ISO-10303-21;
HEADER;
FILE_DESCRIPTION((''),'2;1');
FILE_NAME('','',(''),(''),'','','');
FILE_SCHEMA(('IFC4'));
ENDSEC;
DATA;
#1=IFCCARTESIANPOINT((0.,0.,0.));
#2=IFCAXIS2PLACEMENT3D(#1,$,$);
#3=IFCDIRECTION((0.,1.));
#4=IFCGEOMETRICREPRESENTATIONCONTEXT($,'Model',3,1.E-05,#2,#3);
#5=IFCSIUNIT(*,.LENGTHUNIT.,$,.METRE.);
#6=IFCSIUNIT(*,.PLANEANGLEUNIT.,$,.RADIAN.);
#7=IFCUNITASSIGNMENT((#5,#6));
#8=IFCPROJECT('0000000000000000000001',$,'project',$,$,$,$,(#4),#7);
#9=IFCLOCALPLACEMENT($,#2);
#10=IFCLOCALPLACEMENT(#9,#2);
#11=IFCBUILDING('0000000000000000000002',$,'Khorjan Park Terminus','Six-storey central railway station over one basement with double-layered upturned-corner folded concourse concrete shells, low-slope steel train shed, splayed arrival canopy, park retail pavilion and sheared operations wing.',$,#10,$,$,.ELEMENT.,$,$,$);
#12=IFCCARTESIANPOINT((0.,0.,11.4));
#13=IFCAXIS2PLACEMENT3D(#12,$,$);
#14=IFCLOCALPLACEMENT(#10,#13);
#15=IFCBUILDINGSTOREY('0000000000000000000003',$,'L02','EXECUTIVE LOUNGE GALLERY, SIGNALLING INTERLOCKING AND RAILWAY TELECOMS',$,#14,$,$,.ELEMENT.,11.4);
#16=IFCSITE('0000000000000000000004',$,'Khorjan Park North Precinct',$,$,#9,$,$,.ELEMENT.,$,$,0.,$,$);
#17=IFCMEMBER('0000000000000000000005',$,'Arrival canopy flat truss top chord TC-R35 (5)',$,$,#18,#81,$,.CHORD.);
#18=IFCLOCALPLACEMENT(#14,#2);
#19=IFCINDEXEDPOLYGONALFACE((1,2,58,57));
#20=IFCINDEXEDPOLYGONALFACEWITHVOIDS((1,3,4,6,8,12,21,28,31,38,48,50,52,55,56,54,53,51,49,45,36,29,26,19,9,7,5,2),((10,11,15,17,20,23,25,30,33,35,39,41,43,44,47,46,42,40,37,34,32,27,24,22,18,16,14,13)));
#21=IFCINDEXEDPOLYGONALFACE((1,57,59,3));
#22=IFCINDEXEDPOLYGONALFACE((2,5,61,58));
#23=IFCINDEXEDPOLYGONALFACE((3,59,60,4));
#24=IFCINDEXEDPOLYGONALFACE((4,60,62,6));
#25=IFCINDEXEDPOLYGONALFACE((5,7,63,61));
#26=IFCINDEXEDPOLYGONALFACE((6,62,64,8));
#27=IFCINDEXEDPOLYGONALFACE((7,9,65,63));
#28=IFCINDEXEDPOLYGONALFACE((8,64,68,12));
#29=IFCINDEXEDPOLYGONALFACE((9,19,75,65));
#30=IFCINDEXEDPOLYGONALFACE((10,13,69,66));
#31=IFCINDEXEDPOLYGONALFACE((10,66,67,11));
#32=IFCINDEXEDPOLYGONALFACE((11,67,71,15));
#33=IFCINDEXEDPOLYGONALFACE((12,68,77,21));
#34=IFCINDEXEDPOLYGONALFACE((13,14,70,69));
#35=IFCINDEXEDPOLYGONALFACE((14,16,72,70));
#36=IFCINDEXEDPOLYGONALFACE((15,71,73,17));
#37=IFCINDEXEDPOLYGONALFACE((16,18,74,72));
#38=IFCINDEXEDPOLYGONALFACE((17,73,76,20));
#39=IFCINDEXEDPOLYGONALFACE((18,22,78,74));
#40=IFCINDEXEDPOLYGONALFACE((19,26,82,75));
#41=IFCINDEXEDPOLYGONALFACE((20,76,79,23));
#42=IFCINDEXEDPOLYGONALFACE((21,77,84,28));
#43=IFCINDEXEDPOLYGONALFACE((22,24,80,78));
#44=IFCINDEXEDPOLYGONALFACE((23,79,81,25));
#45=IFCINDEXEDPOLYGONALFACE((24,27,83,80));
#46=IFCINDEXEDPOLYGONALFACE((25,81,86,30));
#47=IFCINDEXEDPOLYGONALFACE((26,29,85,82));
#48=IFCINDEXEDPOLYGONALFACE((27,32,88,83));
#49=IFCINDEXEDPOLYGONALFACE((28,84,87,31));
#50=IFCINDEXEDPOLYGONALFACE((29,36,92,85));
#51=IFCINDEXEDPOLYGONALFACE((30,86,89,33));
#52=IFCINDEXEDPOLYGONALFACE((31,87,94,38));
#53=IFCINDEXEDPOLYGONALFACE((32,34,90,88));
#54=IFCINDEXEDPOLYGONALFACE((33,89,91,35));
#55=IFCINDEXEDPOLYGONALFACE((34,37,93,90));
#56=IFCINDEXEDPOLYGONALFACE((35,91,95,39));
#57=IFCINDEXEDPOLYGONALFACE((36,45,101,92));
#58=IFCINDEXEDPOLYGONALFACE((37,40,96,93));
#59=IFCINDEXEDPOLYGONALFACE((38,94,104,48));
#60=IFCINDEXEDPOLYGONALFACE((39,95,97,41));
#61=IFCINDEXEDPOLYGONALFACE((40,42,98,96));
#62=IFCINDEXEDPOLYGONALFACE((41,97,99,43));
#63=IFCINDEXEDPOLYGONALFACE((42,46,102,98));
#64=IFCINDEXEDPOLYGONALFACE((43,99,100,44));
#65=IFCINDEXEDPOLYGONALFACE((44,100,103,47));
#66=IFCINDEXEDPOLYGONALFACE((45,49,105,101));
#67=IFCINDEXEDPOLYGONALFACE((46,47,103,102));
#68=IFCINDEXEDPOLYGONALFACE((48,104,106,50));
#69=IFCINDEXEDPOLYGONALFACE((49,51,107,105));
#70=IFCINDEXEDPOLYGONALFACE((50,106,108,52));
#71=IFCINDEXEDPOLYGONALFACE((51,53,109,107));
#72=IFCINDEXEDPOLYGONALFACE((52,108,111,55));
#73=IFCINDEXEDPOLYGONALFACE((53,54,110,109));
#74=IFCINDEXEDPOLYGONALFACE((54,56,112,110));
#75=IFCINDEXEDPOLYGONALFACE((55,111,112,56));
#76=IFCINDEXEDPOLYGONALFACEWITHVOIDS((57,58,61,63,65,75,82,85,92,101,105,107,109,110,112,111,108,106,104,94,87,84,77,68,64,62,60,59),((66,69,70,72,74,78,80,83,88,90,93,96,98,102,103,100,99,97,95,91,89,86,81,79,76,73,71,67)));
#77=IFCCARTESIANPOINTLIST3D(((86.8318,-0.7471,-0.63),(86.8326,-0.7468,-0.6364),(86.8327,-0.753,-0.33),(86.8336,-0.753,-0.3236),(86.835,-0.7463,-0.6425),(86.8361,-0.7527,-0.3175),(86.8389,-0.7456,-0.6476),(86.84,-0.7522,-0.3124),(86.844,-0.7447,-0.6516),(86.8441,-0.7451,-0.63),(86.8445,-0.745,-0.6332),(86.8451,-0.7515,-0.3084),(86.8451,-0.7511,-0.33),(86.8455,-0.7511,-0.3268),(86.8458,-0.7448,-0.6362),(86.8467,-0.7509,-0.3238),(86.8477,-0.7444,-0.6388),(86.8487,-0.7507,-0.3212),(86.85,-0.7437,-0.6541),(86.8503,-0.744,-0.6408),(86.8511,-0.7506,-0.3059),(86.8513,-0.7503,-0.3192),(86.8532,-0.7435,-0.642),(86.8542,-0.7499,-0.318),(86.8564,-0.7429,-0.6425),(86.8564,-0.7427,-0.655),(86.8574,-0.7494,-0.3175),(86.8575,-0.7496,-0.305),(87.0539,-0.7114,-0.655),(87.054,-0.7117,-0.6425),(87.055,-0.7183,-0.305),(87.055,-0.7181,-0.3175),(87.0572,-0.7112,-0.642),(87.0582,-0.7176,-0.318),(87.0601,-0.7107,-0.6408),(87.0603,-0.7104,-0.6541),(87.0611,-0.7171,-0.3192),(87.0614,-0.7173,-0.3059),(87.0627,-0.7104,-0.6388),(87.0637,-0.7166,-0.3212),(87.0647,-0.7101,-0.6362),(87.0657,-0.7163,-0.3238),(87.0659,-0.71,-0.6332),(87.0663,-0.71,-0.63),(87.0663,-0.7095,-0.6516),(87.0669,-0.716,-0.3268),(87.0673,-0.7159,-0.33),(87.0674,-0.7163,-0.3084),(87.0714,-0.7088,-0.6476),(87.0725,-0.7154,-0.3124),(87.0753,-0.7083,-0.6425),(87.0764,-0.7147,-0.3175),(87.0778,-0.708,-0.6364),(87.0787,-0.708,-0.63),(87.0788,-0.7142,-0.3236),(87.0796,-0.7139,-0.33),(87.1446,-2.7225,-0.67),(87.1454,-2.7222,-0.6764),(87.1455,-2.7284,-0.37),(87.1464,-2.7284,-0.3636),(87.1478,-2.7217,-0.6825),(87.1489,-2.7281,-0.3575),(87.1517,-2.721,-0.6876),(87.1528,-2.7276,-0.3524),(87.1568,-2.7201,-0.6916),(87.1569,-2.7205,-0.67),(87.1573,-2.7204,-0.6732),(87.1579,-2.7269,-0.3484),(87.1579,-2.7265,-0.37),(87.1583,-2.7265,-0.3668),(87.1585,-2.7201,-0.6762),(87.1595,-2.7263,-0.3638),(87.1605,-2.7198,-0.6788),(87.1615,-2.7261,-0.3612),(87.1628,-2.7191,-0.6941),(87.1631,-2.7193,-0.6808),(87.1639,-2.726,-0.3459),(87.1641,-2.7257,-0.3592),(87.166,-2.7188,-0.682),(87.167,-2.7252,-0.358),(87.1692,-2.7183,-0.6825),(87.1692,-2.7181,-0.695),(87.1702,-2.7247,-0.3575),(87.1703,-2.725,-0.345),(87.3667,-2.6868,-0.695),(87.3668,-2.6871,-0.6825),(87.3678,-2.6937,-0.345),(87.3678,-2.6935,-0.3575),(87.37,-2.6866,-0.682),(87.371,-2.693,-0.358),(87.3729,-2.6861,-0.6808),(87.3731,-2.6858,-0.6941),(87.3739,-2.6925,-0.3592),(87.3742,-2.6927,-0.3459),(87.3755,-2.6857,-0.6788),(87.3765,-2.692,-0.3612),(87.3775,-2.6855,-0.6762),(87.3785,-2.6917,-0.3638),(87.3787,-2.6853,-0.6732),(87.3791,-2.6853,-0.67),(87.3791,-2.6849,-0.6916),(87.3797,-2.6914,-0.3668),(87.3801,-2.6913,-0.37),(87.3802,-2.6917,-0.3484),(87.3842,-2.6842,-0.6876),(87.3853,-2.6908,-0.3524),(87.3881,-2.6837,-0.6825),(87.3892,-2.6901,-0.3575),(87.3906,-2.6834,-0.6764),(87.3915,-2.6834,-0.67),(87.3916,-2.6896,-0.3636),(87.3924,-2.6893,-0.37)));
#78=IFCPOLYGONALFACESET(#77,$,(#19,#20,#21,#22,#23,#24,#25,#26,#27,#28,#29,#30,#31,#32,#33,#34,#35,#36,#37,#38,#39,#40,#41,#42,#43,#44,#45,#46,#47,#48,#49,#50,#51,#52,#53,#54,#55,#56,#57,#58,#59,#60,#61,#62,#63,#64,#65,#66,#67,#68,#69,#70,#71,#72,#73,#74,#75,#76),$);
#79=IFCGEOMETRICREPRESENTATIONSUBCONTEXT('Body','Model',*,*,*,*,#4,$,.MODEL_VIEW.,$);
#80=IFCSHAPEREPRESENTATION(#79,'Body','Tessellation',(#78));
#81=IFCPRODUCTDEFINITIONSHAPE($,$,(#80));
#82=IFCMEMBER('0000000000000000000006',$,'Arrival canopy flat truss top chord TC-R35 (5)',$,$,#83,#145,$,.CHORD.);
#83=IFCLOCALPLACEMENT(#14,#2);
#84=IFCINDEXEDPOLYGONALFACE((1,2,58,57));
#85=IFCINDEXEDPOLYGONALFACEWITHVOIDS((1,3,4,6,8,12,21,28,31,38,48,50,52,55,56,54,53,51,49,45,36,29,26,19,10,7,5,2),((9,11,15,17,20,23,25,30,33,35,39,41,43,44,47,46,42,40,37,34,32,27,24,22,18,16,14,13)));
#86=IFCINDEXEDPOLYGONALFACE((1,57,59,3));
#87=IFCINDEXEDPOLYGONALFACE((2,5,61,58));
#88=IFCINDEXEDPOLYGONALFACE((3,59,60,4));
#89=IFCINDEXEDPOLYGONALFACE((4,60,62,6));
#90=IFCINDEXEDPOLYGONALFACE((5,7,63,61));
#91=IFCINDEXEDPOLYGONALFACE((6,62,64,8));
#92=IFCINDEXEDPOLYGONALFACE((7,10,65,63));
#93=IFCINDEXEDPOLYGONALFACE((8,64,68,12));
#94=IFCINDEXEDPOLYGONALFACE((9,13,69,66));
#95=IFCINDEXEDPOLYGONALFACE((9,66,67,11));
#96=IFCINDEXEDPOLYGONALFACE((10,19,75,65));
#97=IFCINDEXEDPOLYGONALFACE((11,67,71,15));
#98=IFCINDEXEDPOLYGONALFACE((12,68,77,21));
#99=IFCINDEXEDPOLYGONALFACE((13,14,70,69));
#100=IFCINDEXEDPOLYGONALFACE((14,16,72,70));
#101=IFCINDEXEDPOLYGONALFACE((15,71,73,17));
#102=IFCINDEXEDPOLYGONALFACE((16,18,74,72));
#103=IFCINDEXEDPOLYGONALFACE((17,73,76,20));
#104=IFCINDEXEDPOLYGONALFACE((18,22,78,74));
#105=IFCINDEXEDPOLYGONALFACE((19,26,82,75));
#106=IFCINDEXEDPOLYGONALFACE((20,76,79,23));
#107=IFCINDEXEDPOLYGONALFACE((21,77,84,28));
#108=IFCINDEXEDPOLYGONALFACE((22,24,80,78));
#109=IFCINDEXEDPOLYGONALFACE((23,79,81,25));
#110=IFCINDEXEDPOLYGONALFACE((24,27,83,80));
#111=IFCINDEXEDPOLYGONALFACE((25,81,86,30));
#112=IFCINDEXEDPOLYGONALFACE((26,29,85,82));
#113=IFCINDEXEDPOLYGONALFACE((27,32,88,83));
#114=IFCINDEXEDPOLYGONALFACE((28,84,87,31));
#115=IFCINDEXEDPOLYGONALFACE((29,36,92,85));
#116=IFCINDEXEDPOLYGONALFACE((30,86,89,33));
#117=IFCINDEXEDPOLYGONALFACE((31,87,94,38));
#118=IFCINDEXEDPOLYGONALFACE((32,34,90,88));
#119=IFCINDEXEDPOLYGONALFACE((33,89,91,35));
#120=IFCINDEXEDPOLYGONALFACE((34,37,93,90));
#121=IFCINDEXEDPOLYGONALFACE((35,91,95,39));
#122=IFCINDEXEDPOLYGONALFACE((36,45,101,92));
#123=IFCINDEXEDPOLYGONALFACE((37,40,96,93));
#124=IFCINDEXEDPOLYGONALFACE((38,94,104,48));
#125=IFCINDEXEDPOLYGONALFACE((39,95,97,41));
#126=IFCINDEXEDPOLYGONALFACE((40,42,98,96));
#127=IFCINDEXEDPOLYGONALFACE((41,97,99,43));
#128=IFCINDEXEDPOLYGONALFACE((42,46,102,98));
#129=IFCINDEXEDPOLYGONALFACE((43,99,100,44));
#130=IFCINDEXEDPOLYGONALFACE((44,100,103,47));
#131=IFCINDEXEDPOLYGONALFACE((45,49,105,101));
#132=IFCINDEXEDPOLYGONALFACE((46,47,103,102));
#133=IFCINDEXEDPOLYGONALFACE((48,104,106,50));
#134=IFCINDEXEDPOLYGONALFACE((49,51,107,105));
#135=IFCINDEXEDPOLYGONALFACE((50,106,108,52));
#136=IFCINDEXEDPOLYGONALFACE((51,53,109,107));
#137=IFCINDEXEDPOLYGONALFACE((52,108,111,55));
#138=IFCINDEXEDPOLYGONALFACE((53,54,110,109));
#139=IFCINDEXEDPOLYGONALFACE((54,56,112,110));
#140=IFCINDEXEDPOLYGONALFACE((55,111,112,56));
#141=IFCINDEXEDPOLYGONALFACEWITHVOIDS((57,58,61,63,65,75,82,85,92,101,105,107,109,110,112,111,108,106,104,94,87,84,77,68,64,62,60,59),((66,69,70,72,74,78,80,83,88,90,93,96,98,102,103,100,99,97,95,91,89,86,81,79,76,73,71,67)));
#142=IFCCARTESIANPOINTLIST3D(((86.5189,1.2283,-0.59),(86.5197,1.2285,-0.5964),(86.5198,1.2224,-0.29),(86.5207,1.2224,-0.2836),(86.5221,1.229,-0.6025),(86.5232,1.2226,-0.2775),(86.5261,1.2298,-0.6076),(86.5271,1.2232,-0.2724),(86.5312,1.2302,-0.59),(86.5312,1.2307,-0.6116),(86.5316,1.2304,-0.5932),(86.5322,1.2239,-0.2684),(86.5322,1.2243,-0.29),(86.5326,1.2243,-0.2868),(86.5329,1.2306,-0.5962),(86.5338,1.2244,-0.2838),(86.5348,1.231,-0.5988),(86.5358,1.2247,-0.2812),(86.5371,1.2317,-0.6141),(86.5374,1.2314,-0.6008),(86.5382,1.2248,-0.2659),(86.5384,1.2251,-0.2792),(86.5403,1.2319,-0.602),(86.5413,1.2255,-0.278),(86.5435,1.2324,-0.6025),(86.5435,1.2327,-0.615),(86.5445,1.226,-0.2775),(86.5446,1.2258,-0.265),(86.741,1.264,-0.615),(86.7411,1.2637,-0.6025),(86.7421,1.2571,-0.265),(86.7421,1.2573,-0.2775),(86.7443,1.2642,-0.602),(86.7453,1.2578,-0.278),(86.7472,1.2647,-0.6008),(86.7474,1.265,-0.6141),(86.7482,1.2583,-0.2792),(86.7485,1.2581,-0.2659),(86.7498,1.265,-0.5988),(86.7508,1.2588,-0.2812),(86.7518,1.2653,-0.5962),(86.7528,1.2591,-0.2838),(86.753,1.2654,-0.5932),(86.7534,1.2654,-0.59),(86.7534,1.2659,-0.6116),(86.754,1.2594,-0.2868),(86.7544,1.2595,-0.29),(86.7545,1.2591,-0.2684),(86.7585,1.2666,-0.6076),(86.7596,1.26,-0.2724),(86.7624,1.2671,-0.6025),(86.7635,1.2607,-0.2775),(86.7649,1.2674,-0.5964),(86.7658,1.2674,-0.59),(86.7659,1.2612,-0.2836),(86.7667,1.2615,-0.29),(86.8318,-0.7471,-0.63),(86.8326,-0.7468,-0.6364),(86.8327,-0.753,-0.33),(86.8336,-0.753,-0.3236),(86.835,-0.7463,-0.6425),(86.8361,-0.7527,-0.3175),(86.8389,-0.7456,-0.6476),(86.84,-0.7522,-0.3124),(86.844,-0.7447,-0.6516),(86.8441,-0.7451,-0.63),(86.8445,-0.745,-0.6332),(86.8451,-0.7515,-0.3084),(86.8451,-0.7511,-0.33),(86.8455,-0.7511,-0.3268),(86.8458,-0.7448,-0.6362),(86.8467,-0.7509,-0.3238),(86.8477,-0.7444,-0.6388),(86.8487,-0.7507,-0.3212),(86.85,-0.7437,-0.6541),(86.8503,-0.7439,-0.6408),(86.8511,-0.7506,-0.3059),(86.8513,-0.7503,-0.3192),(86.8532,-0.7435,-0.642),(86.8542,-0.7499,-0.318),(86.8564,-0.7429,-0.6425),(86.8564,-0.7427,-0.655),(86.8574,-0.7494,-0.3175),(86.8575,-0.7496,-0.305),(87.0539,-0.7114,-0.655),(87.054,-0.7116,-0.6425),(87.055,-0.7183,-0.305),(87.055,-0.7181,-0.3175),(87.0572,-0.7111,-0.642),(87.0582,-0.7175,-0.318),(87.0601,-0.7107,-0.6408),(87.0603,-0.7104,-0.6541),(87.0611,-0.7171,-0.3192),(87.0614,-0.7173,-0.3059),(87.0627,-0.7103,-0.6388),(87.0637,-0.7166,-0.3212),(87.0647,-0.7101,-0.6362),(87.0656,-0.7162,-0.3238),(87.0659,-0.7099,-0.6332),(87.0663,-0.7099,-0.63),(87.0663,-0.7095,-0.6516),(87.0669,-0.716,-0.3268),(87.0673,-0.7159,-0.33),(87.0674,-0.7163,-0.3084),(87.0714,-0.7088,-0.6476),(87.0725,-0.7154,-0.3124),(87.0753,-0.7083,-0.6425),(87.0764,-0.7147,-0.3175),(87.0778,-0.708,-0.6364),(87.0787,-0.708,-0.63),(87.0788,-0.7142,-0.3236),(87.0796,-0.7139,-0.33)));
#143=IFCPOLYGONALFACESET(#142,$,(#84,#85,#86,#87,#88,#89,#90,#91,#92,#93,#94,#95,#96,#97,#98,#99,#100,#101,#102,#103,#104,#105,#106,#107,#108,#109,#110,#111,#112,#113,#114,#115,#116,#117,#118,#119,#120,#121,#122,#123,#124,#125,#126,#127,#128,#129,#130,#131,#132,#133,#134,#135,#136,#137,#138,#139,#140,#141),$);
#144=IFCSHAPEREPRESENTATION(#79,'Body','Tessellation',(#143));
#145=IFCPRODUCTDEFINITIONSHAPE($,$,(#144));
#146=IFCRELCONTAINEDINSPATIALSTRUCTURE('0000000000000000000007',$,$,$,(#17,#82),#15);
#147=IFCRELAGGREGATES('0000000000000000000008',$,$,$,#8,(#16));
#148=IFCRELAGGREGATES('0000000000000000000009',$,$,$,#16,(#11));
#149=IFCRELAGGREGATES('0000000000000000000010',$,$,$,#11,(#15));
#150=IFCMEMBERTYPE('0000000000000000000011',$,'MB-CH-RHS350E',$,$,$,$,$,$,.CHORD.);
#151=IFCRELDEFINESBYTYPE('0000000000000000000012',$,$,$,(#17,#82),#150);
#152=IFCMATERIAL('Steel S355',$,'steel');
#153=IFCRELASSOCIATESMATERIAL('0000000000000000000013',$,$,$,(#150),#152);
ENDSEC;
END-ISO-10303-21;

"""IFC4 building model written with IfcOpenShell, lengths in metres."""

from ifc_helpers import new_model, si_unit, direction, frame, origin, origin_2d, place, context, subcontext, project, spatial, hollow_rectangle, extrude, material, material_profile, profile_set, type_object, element, save


model = new_model("IFC4")

# Units and contexts
model_context = context("Model", 3, precision=1e-05, world=origin(), true_north=direction((0.0, 1.0)))
body_context = subcontext(model_context, "Body", "Model", "MODEL_VIEW")
ifc_project = project(units=[si_unit("LENGTHUNIT", "METRE"), si_unit("PLANEANGLEUNIT", "RADIAN")], contexts=[model_context])

# Site, building, storey
site_placement = place(None, origin())
site = spatial("IfcSite", under=ifc_project, at=site_placement, Name="Khorjan Park North Precinct", CompositionType="ELEMENT", RefElevation=0.0)
building_placement = place(site_placement, origin())
building = spatial("IfcBuilding", under=site, at=building_placement, Name="Khorjan Park Terminus", Description="Six-storey central railway station over one basement with double-layered upturned-corner folded concourse concrete shells, low-slope steel train shed, splayed arrival canopy, park retail pavilion and sheared operations wing.", CompositionType="ELEMENT")
storey_placement = place(building_placement, frame((0.0, 0.0, 11.4)))
storey = spatial("IfcBuildingStorey", under=building, at=storey_placement, Name="L02", Description="EXECUTIVE LOUNGE GALLERY, SIGNALLING INTERLOCKING AND RAILWAY TELECOMS", CompositionType="ELEMENT", Elevation=11.4)

# Members
ifc_material = material(Name="Steel S355", Category="steel")
ifc_material_profile_1 = material_profile(ifc_material, hollow_rectangle(XDim=0.25, YDim=0.35, WallThickness=0.0125, InnerFilletRadius=0.0125, OuterFilletRadius=0.025, at=origin_2d()), Name="RHS 350x250x12.5")
ifc_profile_set_1 = profile_set([ifc_material_profile_1], Name="Steel S355")
member_type_1 = type_object("IfcMemberType", Name="MB-CH-RHS350E", PredefinedType="CHORD", material=ifc_profile_set_1)
for number, where, z_axis, x_axis, name in (
    (1, (87.2685, -2.7059, -0.52), (-0.156368, 0.987496, 0.019996), (-0.987694, -0.156399, 0.0), "Arrival canopy flat truss top chord TC-R35 (5)"),
    (2, (86.9557, -0.7305, -0.48), (-0.156417, 0.987489, 0.019996), (-0.987686, -0.156448, 0.0), "Arrival canopy flat truss top chord TC-R35 (5)"),
):
    element("IfcMember", number, at=place(storey_placement, frame(where, z_axis=z_axis, x_axis=x_axis)), inside=storey, type_object=member_type_1, Name=name, PredefinedType="CHORD", context=body_context, shape_type="SweptSolid", body=[
        extrude(hollow_rectangle(XDim=0.25, YDim=0.35, WallThickness=0.0125, InnerFilletRadius=0.0125, OuterFilletRadius=0.025, at=origin_2d()), origin(), (0.0, 0.0, 1.0), 2.0004),
    ])

save(model, "model.ifc")
